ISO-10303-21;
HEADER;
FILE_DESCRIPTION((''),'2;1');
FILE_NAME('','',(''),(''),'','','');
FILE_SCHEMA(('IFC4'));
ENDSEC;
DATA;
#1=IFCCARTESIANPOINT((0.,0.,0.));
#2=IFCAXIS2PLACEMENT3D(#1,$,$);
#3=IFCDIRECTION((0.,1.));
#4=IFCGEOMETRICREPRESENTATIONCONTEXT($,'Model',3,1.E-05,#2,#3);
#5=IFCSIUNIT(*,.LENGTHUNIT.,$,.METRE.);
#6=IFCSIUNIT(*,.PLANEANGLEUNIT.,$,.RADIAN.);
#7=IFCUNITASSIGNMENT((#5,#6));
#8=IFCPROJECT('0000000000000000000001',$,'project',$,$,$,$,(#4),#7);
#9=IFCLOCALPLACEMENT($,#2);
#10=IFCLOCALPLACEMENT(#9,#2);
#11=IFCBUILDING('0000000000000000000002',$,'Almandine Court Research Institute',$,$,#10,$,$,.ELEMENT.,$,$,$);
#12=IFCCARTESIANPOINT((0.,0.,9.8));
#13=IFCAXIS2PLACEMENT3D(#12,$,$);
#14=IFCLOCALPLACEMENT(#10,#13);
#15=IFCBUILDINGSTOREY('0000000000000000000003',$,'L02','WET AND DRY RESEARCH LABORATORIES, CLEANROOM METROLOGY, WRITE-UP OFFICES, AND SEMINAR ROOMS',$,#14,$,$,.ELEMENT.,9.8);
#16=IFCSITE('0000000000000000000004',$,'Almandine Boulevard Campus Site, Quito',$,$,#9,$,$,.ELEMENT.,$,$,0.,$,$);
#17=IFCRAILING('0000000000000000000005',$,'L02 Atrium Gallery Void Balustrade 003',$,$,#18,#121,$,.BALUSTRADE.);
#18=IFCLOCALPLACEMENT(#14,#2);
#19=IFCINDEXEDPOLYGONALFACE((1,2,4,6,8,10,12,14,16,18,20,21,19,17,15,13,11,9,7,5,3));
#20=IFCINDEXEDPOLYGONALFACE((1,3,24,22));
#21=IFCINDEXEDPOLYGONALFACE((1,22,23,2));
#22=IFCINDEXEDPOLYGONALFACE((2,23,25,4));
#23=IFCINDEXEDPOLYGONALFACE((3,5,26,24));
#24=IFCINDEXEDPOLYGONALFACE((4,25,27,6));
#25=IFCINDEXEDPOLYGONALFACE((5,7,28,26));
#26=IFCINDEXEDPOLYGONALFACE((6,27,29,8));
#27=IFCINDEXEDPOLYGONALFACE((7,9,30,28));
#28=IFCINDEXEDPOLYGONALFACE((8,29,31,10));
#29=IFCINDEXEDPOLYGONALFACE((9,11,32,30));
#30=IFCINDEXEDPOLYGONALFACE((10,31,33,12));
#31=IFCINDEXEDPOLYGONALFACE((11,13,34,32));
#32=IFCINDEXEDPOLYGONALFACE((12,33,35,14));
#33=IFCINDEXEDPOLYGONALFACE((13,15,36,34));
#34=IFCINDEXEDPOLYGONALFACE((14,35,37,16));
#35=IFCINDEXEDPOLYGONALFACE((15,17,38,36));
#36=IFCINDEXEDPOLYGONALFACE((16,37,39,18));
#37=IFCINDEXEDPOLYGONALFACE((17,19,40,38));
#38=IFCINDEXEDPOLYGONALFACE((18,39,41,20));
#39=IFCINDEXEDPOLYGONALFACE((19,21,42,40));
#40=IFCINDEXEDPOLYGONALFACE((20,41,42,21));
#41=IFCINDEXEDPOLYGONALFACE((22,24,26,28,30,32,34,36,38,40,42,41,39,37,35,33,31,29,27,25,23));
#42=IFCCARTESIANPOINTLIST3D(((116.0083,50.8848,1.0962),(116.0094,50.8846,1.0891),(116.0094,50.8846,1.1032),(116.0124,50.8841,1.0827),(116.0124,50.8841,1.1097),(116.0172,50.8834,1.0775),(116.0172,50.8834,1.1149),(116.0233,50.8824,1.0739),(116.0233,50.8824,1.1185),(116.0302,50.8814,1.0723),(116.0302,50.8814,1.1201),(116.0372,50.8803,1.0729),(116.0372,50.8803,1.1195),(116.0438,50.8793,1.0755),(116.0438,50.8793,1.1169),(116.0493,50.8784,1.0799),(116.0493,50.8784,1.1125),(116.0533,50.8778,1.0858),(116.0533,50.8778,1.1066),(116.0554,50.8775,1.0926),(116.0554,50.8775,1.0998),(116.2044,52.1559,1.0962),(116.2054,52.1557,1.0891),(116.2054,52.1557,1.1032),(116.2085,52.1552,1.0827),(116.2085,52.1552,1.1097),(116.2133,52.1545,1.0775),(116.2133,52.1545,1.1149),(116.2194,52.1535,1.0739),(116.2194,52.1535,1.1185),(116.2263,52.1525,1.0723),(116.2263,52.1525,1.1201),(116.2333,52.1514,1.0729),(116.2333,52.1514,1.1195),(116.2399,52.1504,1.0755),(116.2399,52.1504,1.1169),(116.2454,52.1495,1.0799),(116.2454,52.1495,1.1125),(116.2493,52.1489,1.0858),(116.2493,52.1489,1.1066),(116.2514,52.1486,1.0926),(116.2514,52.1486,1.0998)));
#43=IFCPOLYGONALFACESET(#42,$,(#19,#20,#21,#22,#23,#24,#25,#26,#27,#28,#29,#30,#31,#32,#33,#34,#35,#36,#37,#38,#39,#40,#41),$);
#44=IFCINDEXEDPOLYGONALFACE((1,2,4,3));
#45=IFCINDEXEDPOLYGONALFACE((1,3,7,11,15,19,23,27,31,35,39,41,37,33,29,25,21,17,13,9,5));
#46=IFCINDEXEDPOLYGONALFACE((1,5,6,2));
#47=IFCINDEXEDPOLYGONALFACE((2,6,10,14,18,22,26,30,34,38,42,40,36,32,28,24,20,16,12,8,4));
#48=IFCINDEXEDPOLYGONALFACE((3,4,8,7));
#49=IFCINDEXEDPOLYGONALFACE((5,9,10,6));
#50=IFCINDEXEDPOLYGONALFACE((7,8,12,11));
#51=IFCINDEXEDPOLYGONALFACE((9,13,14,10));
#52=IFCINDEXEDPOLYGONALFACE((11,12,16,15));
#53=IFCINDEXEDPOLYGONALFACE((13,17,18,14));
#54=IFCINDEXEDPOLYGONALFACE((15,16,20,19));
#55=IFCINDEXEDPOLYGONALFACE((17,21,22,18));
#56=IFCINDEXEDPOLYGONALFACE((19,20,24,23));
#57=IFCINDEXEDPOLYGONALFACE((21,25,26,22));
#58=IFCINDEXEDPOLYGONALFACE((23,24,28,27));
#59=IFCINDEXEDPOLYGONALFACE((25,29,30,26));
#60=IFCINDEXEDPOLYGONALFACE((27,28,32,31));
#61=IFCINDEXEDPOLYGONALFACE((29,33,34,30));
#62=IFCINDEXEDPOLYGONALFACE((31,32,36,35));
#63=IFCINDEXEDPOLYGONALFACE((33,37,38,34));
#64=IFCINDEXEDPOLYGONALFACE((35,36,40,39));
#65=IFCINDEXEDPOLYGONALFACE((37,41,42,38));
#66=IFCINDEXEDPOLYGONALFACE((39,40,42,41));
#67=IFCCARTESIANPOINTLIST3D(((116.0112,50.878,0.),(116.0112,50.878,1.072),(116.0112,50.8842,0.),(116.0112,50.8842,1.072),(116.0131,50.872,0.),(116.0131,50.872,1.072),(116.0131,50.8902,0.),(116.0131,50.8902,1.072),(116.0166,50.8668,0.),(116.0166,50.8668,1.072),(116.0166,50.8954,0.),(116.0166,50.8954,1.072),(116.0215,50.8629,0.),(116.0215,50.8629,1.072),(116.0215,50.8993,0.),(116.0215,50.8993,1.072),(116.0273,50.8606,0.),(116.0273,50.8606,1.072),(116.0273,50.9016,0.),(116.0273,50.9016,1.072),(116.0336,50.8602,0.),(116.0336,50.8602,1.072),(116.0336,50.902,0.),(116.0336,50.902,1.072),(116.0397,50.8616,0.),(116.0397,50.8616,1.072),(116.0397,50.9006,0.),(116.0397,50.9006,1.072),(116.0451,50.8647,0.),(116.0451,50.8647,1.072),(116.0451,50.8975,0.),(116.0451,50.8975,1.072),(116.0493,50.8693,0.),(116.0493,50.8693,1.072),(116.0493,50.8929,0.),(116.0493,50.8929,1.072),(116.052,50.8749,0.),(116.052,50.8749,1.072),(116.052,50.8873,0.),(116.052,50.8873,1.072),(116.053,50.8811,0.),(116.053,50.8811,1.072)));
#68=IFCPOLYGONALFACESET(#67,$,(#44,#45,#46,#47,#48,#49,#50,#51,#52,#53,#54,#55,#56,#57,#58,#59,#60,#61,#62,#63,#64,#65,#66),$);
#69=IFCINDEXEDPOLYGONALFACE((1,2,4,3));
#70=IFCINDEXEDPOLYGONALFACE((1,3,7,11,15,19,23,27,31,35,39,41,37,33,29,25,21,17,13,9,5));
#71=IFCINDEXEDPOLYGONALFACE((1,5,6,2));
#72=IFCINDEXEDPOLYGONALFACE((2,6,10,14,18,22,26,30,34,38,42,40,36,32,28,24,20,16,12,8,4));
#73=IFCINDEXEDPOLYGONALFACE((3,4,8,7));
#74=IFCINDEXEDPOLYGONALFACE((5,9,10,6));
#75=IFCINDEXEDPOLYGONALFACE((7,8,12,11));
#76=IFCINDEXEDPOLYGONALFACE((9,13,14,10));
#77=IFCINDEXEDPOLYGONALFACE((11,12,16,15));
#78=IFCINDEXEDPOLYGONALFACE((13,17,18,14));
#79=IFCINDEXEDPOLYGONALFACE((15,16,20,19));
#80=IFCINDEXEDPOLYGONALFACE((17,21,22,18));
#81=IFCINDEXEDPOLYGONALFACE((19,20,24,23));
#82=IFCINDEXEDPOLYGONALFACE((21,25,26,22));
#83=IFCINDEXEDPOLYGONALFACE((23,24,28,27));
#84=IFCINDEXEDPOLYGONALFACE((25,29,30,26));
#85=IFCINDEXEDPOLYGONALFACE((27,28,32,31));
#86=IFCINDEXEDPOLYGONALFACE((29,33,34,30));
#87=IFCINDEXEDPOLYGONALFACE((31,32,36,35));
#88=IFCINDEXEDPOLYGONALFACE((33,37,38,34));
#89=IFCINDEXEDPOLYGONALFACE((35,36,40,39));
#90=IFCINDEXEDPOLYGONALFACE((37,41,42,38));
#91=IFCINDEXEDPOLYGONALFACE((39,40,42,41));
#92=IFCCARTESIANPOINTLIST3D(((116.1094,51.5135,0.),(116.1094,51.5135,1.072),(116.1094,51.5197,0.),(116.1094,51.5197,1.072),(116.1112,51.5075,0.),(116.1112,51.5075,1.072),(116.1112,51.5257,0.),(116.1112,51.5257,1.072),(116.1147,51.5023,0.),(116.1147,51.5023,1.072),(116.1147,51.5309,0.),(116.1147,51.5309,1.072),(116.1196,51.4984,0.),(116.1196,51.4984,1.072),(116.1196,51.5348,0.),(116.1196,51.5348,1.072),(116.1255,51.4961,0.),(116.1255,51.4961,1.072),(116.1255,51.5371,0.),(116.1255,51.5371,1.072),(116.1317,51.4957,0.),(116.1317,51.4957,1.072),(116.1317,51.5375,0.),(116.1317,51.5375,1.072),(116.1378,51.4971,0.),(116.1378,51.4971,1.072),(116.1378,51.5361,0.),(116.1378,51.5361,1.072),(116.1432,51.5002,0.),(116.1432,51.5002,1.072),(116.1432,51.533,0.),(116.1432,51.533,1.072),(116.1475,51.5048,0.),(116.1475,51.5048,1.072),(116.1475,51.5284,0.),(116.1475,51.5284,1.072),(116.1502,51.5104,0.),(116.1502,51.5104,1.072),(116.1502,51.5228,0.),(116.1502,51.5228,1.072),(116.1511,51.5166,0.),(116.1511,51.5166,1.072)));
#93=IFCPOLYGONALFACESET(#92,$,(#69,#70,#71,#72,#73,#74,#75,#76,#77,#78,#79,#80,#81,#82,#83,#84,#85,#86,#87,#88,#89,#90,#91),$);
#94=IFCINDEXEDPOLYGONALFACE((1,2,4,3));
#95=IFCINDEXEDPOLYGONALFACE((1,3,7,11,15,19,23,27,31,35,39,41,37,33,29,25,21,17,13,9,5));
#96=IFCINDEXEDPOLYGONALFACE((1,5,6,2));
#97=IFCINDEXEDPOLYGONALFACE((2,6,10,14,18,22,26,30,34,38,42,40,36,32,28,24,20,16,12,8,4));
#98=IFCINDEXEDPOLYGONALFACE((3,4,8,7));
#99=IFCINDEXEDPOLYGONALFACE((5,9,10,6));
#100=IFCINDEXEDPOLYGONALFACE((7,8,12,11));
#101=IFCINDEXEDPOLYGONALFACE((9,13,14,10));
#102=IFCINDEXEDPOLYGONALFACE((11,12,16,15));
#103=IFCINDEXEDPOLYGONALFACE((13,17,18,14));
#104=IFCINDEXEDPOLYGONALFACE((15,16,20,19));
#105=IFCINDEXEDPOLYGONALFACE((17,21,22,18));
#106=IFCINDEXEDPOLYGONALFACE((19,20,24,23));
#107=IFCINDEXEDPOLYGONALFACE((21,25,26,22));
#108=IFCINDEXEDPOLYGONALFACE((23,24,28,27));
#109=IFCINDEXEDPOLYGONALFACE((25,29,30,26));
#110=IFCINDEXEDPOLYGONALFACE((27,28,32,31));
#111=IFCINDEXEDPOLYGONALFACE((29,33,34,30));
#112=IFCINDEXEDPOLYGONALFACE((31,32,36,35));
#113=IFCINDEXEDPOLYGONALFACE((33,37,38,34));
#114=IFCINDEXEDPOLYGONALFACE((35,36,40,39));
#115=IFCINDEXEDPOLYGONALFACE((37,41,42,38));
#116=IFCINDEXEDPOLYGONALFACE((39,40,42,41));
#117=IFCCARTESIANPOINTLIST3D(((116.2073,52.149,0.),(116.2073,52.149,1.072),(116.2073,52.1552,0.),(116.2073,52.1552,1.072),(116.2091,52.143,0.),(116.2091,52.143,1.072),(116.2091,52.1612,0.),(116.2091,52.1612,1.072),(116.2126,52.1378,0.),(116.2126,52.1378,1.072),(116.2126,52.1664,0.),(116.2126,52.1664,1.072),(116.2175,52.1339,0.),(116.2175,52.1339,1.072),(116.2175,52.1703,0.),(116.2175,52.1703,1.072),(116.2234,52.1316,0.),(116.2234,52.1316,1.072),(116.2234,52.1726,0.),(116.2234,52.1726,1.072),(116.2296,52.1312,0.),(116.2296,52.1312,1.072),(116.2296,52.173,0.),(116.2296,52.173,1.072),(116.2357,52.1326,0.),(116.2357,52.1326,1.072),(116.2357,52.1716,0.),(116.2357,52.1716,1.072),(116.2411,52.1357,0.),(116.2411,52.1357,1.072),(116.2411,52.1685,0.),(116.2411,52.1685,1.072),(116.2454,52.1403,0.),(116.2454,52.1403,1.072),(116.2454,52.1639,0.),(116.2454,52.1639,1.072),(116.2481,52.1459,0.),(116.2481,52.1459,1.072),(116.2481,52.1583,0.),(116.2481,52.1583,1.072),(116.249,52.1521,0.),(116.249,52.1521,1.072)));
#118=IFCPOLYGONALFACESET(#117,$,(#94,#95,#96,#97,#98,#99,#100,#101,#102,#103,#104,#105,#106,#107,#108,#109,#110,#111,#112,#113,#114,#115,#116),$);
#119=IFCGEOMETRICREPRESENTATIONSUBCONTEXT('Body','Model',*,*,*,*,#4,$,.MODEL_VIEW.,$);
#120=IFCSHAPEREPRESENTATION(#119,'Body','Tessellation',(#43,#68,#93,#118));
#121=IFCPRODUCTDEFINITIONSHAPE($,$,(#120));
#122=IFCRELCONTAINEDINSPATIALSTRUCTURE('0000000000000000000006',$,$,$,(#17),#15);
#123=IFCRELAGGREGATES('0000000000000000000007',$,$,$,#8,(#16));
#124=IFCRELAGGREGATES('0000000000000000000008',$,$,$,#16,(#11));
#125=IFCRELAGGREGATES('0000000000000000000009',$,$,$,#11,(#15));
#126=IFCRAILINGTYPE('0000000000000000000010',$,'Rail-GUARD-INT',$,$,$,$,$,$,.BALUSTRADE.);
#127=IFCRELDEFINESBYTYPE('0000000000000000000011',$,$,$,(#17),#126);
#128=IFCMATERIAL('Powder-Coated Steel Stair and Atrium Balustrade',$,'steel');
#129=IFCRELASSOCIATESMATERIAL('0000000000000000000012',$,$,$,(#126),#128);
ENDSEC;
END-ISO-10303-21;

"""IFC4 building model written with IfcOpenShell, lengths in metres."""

from ifc_helpers import new_model, si_unit, direction, frame, origin, origin_2d, place, context, subcontext, project, spatial, circle, extrude, material, type_object, element, save


model = new_model("IFC4")

# Units and contexts
model_context = context("Model", 3, precision=1e-05, world=origin(), true_north=direction((0.0, 1.0)))
body_context = subcontext(model_context, "Body", "Model", "MODEL_VIEW")
ifc_project = project(units=[si_unit("LENGTHUNIT", "METRE"), si_unit("PLANEANGLEUNIT", "RADIAN")], contexts=[model_context])

# Site, building, storey
site_placement = place(None, origin())
site = spatial("IfcSite", under=ifc_project, at=site_placement, Name="Almandine Boulevard Campus Site, Quito", CompositionType="ELEMENT", RefElevation=0.0)
building_placement = place(site_placement, origin())
building = spatial("IfcBuilding", under=site, at=building_placement, Name="Almandine Court Research Institute", CompositionType="ELEMENT")
storey_placement = place(building_placement, frame((0.0, 0.0, 9.8)))
storey = spatial("IfcBuildingStorey", under=building, at=storey_placement, Name="L02", Description="WET AND DRY RESEARCH LABORATORIES, CLEANROOM METROLOGY, WRITE-UP OFFICES, AND SEMINAR ROOMS", CompositionType="ELEMENT", Elevation=9.8)

# Railing
ifc_material_1 = material(Name="Powder-Coated Steel Stair and Atrium Balustrade", Category="steel")
railing_type = type_object("IfcRailingType", Name="Rail-GUARD-INT", PredefinedType="BALUSTRADE", material=ifc_material_1)
railing_1_placement = place(storey_placement, frame((116.032, 50.8811, 0.0)))
element("IfcRailing", 1, at=railing_1_placement, inside=storey, type_object=railing_type, Name="L02 Atrium Gallery Void Balustrade 003", PredefinedType="BALUSTRADE", context=body_context, shape_type="SweptSolid", body=[
    extrude(circle(Radius=0.0239, at=origin_2d()), frame((0.0, 0.0, 1.0962), z_axis=(0.152442, 0.988312, 0.0), x_axis=(-0.988312, 0.152442, 0.0)), (0.0, 0.0, 1.0), 1.2861),
    extrude(circle(Radius=0.021, at=origin_2d()), origin(), (0.0, 0.0, 1.0), 1.072),
    extrude(circle(Radius=0.021, at=origin_2d()), frame((0.0981, 0.6355, 0.0)), (0.0, 0.0, 1.0), 1.072),
    extrude(circle(Radius=0.021, at=origin_2d()), frame((0.196, 1.271, 0.0)), (0.0, 0.0, 1.0), 1.072),
])

save(model, "model.ifc")
